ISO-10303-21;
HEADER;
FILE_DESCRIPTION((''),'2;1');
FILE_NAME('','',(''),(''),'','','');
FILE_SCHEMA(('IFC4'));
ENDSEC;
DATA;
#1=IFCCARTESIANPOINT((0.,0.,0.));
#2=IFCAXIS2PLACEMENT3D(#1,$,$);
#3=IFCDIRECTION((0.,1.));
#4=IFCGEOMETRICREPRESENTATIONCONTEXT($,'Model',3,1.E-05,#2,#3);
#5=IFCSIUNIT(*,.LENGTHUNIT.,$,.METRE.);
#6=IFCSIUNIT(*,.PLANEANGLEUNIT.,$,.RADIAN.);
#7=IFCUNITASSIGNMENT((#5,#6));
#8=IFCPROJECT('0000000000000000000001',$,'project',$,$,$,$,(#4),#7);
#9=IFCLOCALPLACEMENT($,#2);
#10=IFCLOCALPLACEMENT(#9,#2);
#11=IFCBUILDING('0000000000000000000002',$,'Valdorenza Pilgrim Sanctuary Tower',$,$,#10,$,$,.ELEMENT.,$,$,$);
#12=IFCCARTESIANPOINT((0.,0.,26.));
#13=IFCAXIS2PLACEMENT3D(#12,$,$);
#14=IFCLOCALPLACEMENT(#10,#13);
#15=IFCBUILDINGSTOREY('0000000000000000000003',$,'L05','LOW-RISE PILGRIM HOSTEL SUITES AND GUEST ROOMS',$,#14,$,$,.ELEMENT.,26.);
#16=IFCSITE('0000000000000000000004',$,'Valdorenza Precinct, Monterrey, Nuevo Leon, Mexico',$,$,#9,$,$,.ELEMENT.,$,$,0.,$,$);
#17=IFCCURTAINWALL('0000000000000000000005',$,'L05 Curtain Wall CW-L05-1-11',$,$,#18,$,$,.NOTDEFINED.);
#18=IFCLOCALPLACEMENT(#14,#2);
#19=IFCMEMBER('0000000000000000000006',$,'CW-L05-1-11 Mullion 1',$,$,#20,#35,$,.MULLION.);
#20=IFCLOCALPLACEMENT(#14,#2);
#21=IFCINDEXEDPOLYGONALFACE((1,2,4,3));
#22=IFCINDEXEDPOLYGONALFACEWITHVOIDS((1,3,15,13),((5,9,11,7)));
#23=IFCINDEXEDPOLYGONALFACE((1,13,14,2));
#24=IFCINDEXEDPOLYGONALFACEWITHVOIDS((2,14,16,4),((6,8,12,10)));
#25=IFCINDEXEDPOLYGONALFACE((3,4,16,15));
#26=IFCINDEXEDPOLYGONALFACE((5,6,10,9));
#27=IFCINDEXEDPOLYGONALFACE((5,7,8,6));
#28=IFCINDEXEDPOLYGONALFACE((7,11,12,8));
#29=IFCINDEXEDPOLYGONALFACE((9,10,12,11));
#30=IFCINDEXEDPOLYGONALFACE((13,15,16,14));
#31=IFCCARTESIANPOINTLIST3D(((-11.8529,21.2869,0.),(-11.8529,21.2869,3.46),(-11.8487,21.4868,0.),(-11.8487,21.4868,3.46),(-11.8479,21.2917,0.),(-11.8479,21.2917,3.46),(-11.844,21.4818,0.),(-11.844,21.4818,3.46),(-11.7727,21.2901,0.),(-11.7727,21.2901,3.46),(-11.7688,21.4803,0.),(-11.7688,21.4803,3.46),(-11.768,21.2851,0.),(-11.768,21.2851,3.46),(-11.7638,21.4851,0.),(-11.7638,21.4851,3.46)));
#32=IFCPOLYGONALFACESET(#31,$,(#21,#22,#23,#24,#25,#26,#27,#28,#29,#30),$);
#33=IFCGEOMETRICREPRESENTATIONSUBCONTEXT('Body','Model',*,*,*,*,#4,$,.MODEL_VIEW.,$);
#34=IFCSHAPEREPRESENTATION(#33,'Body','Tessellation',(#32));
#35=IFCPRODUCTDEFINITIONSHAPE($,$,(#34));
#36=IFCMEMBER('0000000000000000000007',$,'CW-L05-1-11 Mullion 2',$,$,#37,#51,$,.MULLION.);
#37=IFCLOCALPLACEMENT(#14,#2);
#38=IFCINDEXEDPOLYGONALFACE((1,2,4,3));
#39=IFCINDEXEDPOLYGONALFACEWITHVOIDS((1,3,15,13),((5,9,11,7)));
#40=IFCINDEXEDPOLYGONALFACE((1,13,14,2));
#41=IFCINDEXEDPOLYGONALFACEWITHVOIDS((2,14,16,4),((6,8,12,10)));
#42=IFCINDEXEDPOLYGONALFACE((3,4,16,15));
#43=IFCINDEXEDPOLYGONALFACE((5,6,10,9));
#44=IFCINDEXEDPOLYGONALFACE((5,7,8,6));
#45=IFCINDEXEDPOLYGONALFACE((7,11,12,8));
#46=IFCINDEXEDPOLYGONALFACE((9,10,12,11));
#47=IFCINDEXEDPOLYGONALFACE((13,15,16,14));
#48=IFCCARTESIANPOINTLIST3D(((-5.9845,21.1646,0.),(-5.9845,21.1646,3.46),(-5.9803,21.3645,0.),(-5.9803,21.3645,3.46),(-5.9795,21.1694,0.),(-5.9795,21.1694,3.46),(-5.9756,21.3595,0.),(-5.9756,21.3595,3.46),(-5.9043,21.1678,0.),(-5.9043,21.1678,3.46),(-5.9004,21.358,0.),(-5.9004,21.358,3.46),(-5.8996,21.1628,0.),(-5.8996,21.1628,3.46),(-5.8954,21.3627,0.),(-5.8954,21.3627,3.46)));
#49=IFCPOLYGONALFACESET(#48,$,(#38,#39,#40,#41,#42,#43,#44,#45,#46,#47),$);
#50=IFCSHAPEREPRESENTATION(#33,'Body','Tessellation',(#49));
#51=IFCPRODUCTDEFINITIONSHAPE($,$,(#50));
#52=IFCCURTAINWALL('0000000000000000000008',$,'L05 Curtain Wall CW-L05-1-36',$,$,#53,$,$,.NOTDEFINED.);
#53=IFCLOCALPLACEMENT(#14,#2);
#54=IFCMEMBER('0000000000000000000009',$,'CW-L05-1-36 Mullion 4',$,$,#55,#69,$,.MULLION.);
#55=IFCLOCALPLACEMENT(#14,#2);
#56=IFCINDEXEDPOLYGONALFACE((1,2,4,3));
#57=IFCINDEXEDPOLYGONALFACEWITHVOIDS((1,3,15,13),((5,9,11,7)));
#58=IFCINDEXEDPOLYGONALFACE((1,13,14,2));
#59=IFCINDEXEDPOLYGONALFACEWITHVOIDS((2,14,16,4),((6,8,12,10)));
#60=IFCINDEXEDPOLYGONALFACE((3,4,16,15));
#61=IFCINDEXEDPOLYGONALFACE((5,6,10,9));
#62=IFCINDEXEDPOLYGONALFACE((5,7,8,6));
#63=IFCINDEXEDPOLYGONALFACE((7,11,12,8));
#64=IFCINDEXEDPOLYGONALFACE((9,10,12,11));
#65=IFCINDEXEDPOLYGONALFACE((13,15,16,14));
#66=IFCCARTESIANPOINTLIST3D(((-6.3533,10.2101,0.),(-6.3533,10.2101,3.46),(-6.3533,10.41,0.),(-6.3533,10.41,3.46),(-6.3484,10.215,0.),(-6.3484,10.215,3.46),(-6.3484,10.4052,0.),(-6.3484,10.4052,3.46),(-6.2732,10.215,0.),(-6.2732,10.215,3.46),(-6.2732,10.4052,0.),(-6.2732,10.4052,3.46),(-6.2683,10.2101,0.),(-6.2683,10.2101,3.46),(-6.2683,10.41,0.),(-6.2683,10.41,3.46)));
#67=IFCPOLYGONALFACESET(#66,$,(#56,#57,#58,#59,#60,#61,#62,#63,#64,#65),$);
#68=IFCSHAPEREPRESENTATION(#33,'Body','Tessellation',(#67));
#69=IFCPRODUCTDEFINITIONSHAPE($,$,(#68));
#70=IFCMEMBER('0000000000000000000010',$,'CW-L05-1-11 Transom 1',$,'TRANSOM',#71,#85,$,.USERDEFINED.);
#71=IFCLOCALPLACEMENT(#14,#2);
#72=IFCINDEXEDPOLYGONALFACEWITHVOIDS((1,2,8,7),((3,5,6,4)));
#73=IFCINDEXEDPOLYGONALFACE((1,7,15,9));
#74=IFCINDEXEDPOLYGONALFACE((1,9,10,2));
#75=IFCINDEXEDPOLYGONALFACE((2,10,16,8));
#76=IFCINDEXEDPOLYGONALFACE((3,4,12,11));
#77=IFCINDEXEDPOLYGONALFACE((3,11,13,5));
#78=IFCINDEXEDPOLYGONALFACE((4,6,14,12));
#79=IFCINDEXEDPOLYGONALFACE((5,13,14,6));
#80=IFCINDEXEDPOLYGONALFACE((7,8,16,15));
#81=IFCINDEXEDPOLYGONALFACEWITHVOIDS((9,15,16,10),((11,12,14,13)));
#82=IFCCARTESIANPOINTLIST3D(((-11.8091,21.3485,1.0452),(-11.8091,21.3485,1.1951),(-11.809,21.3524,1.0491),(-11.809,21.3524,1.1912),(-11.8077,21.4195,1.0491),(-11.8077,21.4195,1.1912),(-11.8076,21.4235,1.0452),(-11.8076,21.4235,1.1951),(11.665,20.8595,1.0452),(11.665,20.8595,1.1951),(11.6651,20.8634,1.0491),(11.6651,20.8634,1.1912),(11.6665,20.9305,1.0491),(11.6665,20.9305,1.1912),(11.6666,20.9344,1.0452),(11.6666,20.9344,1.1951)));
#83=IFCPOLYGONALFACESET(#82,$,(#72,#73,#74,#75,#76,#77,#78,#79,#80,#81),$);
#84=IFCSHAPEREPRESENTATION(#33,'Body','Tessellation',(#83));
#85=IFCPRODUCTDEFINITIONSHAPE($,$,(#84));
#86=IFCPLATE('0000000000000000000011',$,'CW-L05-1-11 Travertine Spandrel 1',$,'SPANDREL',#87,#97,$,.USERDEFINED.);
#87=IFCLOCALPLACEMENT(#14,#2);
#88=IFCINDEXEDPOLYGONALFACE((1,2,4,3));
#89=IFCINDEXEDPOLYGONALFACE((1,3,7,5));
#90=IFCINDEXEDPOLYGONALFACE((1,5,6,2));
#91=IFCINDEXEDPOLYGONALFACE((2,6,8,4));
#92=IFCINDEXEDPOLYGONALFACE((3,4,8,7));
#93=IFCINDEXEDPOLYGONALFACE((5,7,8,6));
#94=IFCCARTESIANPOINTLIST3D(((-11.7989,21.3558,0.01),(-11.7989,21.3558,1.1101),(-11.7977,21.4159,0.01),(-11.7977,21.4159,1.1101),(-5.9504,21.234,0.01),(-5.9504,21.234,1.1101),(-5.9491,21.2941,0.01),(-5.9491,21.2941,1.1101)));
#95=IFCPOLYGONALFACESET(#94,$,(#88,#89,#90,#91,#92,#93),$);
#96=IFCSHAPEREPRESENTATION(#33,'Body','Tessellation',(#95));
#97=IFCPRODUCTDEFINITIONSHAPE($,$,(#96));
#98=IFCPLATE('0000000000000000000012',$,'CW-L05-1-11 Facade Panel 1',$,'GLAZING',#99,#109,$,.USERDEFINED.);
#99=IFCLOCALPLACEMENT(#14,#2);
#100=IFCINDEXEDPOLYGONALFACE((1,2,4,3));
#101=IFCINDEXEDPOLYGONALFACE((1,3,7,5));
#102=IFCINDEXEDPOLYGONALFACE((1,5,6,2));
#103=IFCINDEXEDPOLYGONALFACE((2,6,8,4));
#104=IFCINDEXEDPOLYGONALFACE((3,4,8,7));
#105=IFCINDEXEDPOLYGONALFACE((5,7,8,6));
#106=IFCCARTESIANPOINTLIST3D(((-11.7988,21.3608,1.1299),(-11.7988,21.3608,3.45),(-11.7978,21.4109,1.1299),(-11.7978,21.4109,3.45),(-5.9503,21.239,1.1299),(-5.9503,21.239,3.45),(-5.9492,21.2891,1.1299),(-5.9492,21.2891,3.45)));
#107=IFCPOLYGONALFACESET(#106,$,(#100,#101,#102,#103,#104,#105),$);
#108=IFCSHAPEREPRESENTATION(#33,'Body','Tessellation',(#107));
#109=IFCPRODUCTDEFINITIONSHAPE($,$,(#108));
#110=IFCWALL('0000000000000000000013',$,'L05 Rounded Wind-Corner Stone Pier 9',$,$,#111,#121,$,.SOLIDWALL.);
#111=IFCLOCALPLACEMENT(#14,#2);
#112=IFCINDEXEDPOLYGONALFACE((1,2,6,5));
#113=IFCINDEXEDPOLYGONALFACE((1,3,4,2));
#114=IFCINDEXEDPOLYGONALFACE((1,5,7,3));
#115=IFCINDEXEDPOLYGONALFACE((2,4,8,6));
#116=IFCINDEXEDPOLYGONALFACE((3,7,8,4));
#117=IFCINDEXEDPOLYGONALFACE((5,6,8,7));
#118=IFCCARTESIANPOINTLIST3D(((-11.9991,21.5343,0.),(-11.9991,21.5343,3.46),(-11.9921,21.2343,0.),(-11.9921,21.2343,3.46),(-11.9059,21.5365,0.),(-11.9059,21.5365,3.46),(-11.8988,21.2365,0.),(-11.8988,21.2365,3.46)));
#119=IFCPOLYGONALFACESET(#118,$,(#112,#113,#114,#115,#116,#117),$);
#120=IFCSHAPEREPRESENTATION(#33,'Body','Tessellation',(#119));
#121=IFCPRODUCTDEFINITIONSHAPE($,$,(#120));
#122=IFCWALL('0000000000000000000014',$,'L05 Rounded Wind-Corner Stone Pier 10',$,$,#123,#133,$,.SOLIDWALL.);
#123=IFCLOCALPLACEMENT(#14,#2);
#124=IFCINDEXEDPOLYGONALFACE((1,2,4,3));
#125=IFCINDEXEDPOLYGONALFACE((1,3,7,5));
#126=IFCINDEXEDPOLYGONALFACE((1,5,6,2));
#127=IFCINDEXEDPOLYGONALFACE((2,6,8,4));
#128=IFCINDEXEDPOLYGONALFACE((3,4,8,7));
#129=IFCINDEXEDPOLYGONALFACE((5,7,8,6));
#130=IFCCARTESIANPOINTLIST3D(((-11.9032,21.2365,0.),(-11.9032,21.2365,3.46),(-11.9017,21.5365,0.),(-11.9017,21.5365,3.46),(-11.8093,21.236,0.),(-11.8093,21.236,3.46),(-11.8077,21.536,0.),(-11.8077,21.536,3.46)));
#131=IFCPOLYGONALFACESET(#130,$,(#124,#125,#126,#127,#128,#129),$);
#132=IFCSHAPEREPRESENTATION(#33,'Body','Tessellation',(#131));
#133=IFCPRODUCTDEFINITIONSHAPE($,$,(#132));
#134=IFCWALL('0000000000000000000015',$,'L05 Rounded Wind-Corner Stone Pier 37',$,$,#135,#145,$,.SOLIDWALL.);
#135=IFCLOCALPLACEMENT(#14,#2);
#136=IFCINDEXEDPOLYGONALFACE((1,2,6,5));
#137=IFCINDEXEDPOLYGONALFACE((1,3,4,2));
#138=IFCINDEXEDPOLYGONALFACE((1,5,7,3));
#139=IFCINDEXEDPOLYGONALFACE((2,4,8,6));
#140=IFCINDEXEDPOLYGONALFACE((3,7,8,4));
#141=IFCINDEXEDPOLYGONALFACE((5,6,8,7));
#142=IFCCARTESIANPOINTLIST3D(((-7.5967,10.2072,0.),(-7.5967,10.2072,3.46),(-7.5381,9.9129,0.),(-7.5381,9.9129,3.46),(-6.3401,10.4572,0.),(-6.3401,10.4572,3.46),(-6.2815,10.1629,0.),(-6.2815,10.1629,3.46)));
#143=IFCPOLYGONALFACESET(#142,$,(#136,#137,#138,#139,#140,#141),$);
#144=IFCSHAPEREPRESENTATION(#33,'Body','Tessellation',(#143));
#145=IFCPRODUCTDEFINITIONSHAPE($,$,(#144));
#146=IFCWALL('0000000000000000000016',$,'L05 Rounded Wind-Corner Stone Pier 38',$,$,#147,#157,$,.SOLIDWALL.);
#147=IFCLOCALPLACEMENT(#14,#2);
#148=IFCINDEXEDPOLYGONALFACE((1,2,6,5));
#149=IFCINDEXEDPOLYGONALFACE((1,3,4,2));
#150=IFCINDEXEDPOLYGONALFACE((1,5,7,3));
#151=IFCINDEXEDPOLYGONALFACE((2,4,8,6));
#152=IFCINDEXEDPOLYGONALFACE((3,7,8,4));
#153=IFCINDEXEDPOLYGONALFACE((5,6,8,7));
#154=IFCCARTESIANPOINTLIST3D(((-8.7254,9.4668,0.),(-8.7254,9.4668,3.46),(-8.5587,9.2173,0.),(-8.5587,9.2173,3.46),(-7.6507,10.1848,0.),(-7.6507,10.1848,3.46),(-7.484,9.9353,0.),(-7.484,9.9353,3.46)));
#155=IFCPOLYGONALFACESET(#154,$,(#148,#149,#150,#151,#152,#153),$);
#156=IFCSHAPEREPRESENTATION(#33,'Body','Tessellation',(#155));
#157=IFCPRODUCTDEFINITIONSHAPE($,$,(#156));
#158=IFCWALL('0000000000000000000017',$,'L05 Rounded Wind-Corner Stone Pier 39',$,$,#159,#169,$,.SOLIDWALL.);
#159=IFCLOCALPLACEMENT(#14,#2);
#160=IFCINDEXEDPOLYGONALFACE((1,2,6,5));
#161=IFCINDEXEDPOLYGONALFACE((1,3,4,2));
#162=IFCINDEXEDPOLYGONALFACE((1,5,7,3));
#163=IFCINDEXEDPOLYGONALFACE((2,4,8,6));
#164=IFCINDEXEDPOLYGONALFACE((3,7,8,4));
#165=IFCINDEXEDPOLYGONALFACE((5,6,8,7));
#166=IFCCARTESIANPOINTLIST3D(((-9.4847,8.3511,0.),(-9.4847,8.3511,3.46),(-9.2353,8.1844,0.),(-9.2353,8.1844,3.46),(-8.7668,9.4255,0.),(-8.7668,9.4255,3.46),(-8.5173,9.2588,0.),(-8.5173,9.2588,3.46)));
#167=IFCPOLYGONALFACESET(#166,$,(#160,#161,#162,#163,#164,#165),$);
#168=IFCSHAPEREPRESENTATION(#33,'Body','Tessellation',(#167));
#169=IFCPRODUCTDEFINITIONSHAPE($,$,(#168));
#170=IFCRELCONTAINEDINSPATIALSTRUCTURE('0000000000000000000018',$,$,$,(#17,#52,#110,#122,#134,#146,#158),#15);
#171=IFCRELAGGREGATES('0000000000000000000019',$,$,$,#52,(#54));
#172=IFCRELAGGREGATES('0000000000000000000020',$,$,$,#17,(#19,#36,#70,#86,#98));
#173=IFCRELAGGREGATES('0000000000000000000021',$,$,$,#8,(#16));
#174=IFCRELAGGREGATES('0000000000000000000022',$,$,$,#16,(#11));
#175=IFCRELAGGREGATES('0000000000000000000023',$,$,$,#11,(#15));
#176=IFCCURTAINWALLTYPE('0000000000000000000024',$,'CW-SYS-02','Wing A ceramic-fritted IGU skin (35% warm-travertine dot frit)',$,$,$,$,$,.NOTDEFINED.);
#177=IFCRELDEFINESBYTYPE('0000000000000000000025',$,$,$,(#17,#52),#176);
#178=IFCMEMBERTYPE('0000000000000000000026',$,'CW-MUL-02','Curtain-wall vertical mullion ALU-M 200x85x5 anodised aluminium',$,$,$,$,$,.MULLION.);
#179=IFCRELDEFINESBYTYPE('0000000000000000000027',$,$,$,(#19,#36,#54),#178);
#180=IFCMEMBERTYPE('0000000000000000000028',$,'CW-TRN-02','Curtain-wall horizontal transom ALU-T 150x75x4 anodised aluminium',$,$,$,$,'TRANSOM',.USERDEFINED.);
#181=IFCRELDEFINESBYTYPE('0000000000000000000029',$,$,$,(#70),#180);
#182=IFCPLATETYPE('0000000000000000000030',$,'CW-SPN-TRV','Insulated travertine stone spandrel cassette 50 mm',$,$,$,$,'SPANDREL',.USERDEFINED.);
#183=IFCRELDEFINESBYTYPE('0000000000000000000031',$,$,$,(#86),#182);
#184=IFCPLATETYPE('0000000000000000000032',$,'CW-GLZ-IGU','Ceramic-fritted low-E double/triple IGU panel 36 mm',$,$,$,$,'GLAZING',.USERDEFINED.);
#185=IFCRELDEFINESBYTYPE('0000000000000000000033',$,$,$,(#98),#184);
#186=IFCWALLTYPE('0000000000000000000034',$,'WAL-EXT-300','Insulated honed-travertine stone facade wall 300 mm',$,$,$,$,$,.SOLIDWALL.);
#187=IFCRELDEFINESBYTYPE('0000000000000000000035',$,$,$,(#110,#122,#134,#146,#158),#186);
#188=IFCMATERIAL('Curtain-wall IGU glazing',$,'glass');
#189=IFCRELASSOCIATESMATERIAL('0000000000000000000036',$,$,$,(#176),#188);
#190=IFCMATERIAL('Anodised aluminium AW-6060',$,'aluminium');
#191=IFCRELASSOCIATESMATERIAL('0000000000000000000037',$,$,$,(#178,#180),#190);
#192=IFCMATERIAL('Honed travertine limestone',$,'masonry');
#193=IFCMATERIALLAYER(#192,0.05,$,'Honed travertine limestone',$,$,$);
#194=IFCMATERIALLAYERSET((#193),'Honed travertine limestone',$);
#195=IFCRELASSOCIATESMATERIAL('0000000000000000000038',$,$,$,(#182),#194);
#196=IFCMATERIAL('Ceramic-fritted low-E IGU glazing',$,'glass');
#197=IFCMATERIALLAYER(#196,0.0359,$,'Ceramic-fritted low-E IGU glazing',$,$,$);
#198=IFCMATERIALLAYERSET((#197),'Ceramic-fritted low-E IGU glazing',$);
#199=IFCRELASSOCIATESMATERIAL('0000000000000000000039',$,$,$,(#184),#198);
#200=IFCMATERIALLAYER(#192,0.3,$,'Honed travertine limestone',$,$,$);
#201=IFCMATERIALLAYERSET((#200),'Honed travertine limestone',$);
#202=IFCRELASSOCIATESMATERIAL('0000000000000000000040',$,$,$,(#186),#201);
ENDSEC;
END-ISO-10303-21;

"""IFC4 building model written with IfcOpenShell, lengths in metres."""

from ifc_helpers import new_model, si_unit, direction, frame, frame_2d, origin, origin_2d, place, context, subcontext, project, spatial, rectangle, hollow_rectangle, extrude, source, transform, mapped, material, layer, layer_set, material_profile, profile_set, type_object, element, aggregate, save


model = new_model("IFC4")

# Units and contexts
model_context = context("Model", 3, precision=1e-05, world=origin(), true_north=direction((0.0, 1.0)))
body_context = subcontext(model_context, "Body", "Model", "MODEL_VIEW")
ifc_project = project(units=[si_unit("LENGTHUNIT", "METRE"), si_unit("PLANEANGLEUNIT", "RADIAN")], contexts=[model_context])

# Site, building, storey
site_placement = place(None, origin())
site = spatial("IfcSite", under=ifc_project, at=site_placement, Name="Valdorenza Precinct, Monterrey, Nuevo Leon, Mexico", CompositionType="ELEMENT", RefElevation=0.0)
building_placement = place(site_placement, origin())
building = spatial("IfcBuilding", under=site, at=building_placement, Name="Valdorenza Pilgrim Sanctuary Tower", CompositionType="ELEMENT")
storey_placement = place(building_placement, frame((0.0, 0.0, 26.0)))
storey = spatial("IfcBuildingStorey", under=building, at=storey_placement, Name="L05", Description="LOW-RISE PILGRIM HOSTEL SUITES AND GUEST ROOMS", CompositionType="ELEMENT", Elevation=26.0)

# Curtain wall, members
ifc_material_1 = material(Name="Curtain-wall IGU glazing", Category="glass")
curtain_wall_type = type_object("IfcCurtainWallType", Name="CW-SYS-02", Description="Wing A ceramic-fritted IGU skin (35% warm-travertine dot frit)", PredefinedType="NOTDEFINED", material=ifc_material_1)
curtain_wall_1_placement = place(storey_placement, origin())
curtain_wall_1 = element("IfcCurtainWall", 1, at=curtain_wall_1_placement, inside=storey, type_object=curtain_wall_type, Name="L05 Curtain Wall CW-L05-1-11", PredefinedType="NOTDEFINED")
ifc_material_2 = material(Name="Anodised aluminium AW-6060", Category="aluminium")
ifc_material_profile_1 = material_profile(ifc_material_2, hollow_rectangle(XDim=0.085, YDim=0.2, WallThickness=0.0049, at=origin_2d()), Name="ALU-M 200x85x5")
ifc_profile_set_1 = profile_set([ifc_material_profile_1], Name="Anodised aluminium AW-6060")
member_type_1 = type_object("IfcMemberType", Name="CW-MUL-02", Description="Curtain-wall vertical mullion ALU-M 200x85x5 anodised aluminium", PredefinedType="MULLION", material=ifc_profile_set_1)
shared_shape_1 = source(origin(), body_context, "Body", "SweptSolid", [
    extrude(hollow_rectangle(XDim=0.085, YDim=0.2, WallThickness=0.0049, at=origin_2d()), origin(), (0.0, 0.0, 1.0), 3.46),
])
member_1_placement = place(storey_placement, frame((-11.8083, 21.386, 0.0), z_axis=(0.0, 0.0, 1.0), x_axis=(0.999783, -0.02082, 0.0)))
member_1 = element("IfcMember", 2, at=member_1_placement, type_object=member_type_1, Name="CW-L05-1-11 Mullion 1", PredefinedType="MULLION", context=body_context, shape_type="MappedRepresentation", body=[
    mapped(shared_shape_1, transform((0.0, 0.0, 0.0), x_axis=(1.0, 0.0, 0.0), y_axis=(0.0, 1.0, 0.0), z_axis=(0.0, 0.0, 1.0), scale=1.0)),
])
member_2_placement = place(storey_placement, frame((-5.9399, 21.2637, 0.0), z_axis=(0.0, 0.0, 1.0), x_axis=(0.999783, -0.02082, 0.0)))
member_2 = element("IfcMember", 3, at=member_2_placement, type_object=member_type_1, Name="CW-L05-1-11 Mullion 2", PredefinedType="MULLION", context=body_context, shape_type="MappedRepresentation", body=[
    mapped(shared_shape_1, transform((0.0, 0.0, 0.0), x_axis=(1.0, 0.0, 0.0), y_axis=(0.0, 1.0, 0.0), z_axis=(0.0, 0.0, 1.0), scale=1.0)),
])

# Curtain wall, member
curtain_wall_2_placement = place(storey_placement, origin())
curtain_wall_2 = element("IfcCurtainWall", 4, at=curtain_wall_2_placement, inside=storey, type_object=curtain_wall_type, Name="L05 Curtain Wall CW-L05-1-36", PredefinedType="NOTDEFINED")
member_3_placement = place(storey_placement, frame((-6.3108, 10.3101, 0.0), z_axis=(0.0, 0.0, 1.0), x_axis=(-1.0, 0.0, 0.0)))
member_3 = element("IfcMember", 5, at=member_3_placement, type_object=member_type_1, Name="CW-L05-1-36 Mullion 4", PredefinedType="MULLION", context=body_context, shape_type="MappedRepresentation", body=[
    mapped(shared_shape_1, transform((0.0, 0.0, 0.0), x_axis=(1.0, 0.0, 0.0), y_axis=(0.0, 1.0, 0.0), z_axis=(0.0, 0.0, 1.0), scale=1.0)),
])
aggregate(curtain_wall_2, [member_3])

# Member
ifc_material_profile_2 = material_profile(ifc_material_2, hollow_rectangle(XDim=0.075, YDim=0.1499, WallThickness=0.0039, at=origin_2d()), Name="ALU-T 150x75x4")
ifc_profile_set_2 = profile_set([ifc_material_profile_2], Name="Anodised aluminium AW-6060")
member_type_2 = type_object("IfcMemberType", Name="CW-TRN-02", Description="Curtain-wall horizontal transom ALU-T 150x75x4 anodised aluminium", ElementType="TRANSOM", PredefinedType="USERDEFINED", material=ifc_profile_set_2)
shared_shape_2 = source(origin(), body_context, "Body", "SweptSolid", [
    extrude(hollow_rectangle(XDim=0.075, YDim=0.1499, WallThickness=0.0039, at=origin_2d()), origin(), (0.0, 0.0, 1.0), 23.4792),
])
member_4_placement = place(storey_placement, frame((-11.8083, 21.386, 1.1201), z_axis=(0.999783, -0.020828, 0.0), x_axis=(0.020828, 0.999783, 0.0)))
member_4 = element("IfcMember", 6, at=member_4_placement, type_object=member_type_2, Name="CW-L05-1-11 Transom 1", ObjectType="TRANSOM", PredefinedType="USERDEFINED", context=body_context, shape_type="MappedRepresentation", body=[
    mapped(shared_shape_2, transform((0.0, 0.0, 0.0), x_axis=(1.0, 0.0, 0.0), y_axis=(0.0, 1.0, 0.0), z_axis=(0.0, 0.0, 1.0), scale=1.0)),
])

# Plates
ifc_material_3 = material(Name="Honed travertine limestone", Category="masonry")
ifc_layer_1 = layer(ifc_material_3, 0.05, Name="Honed travertine limestone")
ifc_layer_set_1 = layer_set([ifc_layer_1], Name="Honed travertine limestone")
plate_type_1 = type_object("IfcPlateType", Name="CW-SPN-TRV", Description="Insulated travertine stone spandrel cassette 50 mm", ElementType="SPANDREL", PredefinedType="USERDEFINED", material=ifc_layer_set_1)
shared_shape_3 = source(origin(), body_context, "Body", "SweptSolid", [
    extrude(rectangle(XDim=5.8499, YDim=0.0601, at=origin_2d()), origin(), (0.0, 0.0, 1.0), 1.1001),
])
plate_1_placement = place(storey_placement, frame((-8.874, 21.325, 0.01), z_axis=(0.0, 0.0, 1.0), x_axis=(0.999783, -0.02082, 0.0)))
plate_1 = element("IfcPlate", 7, at=plate_1_placement, type_object=plate_type_1, Name="CW-L05-1-11 Travertine Spandrel 1", ObjectType="SPANDREL", PredefinedType="USERDEFINED", context=body_context, shape_type="MappedRepresentation", body=[
    mapped(shared_shape_3, transform((0.0, 0.0, 0.0), x_axis=(1.0, 0.0, 0.0), y_axis=(0.0, 1.0, 0.0), z_axis=(0.0, 0.0, 1.0), scale=1.0)),
])
ifc_material_4 = material(Name="Ceramic-fritted low-E IGU glazing", Category="glass")
ifc_layer_2 = layer(ifc_material_4, 0.0359, Name="Ceramic-fritted low-E IGU glazing")
ifc_layer_set_2 = layer_set([ifc_layer_2], Name="Ceramic-fritted low-E IGU glazing")
plate_type_2 = type_object("IfcPlateType", Name="CW-GLZ-IGU", Description="Ceramic-fritted low-E double/triple IGU panel 36 mm", ElementType="GLAZING", PredefinedType="USERDEFINED", material=ifc_layer_set_2)
shared_shape_4 = source(origin(), body_context, "Body", "SweptSolid", [
    extrude(rectangle(XDim=5.8499, YDim=0.05, at=origin_2d()), origin(), (0.0, 0.0, 1.0), 2.3201),
])
plate_2_placement = place(storey_placement, frame((-8.874, 21.325, 1.1299), z_axis=(0.0, 0.0, 1.0), x_axis=(0.999783, -0.02082, 0.0)))
plate_2 = element("IfcPlate", 8, at=plate_2_placement, type_object=plate_type_2, Name="CW-L05-1-11 Facade Panel 1", ObjectType="GLAZING", PredefinedType="USERDEFINED", context=body_context, shape_type="MappedRepresentation", body=[
    mapped(shared_shape_4, transform((0.0, 0.0, 0.0), x_axis=(1.0, 0.0, 0.0), y_axis=(0.0, 1.0, 0.0), z_axis=(0.0, 0.0, 1.0), scale=1.0)),
])
aggregate(curtain_wall_1, [member_1, member_2, member_4, plate_1, plate_2])

# Walls
ifc_layer_3 = layer(ifc_material_3, 0.3, Name="Honed travertine limestone")
ifc_layer_set_3 = layer_set([ifc_layer_3], Name="Honed travertine limestone")
wall_type_1 = type_object("IfcWallType", Name="WAL-EXT-300", Description="Insulated honed-travertine stone facade wall 300 mm", PredefinedType="SOLIDWALL", material=ifc_layer_set_3)
wall_1_placement = place(storey_placement, frame((-11.9956, 21.3843, 0.0), z_axis=(0.0, 0.0, 1.0), x_axis=(0.999723, 0.023554, 0.0)))
element("IfcWall", 9, at=wall_1_placement, inside=storey, type_object=wall_type_1, Name="L05 Rounded Wind-Corner Stone Pier 9", PredefinedType="SOLIDWALL", context=body_context, shape_type="SweptSolid", body=[
    extrude(rectangle(XDim=0.0933, YDim=0.3, at=frame_2d((0.0466, 0.0))), origin(), (0.0, 0.0, 1.0), 3.46),
])
wall_2_placement = place(storey_placement, frame((-11.9023, 21.3865, 0.0), z_axis=(0.0, 0.0, 1.0), x_axis=(0.999987, -0.005195, 0.0)))
element("IfcWall", 10, at=wall_2_placement, inside=storey, type_object=wall_type_1, Name="L05 Rounded Wind-Corner Stone Pier 10", PredefinedType="SOLIDWALL", context=body_context, shape_type="SweptSolid", body=[
    extrude(rectangle(XDim=0.094, YDim=0.3, at=frame_2d((0.0469, 0.0))), origin(), (0.0, 0.0, 1.0), 3.46),
])
wall_3_placement = place(storey_placement, frame((-6.3108, 10.3101, 0.0), z_axis=(0.0, 0.0, 1.0), x_axis=(-0.980778, -0.195127, 0.0)))
element("IfcWall", 11, at=wall_3_placement, inside=storey, type_object=wall_type_1, Name="L05 Rounded Wind-Corner Stone Pier 37", PredefinedType="SOLIDWALL", context=body_context, shape_type="SweptSolid", body=[
    extrude(rectangle(XDim=1.2812, YDim=0.3, at=frame_2d((0.6406, 0.0))), origin(), (0.0, 0.0, 1.0), 3.46),
])
wall_4_placement = place(storey_placement, frame((-7.5674, 10.0601, 0.0), z_axis=(0.0, 0.0, 1.0), x_axis=(-0.831498, -0.555528, 0.0)))
element("IfcWall", 12, at=wall_4_placement, inside=storey, type_object=wall_type_1, Name="L05 Rounded Wind-Corner Stone Pier 38", PredefinedType="SOLIDWALL", context=body_context, shape_type="SweptSolid", body=[
    extrude(rectangle(XDim=1.2925, YDim=0.3, at=frame_2d((0.6462, 0.0))), origin(), (0.0, 0.0, 1.0), 3.46),
])
wall_5_placement = place(storey_placement, frame((-8.6421, 9.342, 0.0), z_axis=(0.0, 0.0, 1.0), x_axis=(-0.555615, -0.831439, 0.0)))
element("IfcWall", 13, at=wall_5_placement, inside=storey, type_object=wall_type_1, Name="L05 Rounded Wind-Corner Stone Pier 39", PredefinedType="SOLIDWALL", context=body_context, shape_type="SweptSolid", body=[
    extrude(rectangle(XDim=1.2922, YDim=0.3, at=frame_2d((0.646, 0.0))), origin(), (0.0, 0.0, 1.0), 3.46),
])

save(model, "model.ifc")
